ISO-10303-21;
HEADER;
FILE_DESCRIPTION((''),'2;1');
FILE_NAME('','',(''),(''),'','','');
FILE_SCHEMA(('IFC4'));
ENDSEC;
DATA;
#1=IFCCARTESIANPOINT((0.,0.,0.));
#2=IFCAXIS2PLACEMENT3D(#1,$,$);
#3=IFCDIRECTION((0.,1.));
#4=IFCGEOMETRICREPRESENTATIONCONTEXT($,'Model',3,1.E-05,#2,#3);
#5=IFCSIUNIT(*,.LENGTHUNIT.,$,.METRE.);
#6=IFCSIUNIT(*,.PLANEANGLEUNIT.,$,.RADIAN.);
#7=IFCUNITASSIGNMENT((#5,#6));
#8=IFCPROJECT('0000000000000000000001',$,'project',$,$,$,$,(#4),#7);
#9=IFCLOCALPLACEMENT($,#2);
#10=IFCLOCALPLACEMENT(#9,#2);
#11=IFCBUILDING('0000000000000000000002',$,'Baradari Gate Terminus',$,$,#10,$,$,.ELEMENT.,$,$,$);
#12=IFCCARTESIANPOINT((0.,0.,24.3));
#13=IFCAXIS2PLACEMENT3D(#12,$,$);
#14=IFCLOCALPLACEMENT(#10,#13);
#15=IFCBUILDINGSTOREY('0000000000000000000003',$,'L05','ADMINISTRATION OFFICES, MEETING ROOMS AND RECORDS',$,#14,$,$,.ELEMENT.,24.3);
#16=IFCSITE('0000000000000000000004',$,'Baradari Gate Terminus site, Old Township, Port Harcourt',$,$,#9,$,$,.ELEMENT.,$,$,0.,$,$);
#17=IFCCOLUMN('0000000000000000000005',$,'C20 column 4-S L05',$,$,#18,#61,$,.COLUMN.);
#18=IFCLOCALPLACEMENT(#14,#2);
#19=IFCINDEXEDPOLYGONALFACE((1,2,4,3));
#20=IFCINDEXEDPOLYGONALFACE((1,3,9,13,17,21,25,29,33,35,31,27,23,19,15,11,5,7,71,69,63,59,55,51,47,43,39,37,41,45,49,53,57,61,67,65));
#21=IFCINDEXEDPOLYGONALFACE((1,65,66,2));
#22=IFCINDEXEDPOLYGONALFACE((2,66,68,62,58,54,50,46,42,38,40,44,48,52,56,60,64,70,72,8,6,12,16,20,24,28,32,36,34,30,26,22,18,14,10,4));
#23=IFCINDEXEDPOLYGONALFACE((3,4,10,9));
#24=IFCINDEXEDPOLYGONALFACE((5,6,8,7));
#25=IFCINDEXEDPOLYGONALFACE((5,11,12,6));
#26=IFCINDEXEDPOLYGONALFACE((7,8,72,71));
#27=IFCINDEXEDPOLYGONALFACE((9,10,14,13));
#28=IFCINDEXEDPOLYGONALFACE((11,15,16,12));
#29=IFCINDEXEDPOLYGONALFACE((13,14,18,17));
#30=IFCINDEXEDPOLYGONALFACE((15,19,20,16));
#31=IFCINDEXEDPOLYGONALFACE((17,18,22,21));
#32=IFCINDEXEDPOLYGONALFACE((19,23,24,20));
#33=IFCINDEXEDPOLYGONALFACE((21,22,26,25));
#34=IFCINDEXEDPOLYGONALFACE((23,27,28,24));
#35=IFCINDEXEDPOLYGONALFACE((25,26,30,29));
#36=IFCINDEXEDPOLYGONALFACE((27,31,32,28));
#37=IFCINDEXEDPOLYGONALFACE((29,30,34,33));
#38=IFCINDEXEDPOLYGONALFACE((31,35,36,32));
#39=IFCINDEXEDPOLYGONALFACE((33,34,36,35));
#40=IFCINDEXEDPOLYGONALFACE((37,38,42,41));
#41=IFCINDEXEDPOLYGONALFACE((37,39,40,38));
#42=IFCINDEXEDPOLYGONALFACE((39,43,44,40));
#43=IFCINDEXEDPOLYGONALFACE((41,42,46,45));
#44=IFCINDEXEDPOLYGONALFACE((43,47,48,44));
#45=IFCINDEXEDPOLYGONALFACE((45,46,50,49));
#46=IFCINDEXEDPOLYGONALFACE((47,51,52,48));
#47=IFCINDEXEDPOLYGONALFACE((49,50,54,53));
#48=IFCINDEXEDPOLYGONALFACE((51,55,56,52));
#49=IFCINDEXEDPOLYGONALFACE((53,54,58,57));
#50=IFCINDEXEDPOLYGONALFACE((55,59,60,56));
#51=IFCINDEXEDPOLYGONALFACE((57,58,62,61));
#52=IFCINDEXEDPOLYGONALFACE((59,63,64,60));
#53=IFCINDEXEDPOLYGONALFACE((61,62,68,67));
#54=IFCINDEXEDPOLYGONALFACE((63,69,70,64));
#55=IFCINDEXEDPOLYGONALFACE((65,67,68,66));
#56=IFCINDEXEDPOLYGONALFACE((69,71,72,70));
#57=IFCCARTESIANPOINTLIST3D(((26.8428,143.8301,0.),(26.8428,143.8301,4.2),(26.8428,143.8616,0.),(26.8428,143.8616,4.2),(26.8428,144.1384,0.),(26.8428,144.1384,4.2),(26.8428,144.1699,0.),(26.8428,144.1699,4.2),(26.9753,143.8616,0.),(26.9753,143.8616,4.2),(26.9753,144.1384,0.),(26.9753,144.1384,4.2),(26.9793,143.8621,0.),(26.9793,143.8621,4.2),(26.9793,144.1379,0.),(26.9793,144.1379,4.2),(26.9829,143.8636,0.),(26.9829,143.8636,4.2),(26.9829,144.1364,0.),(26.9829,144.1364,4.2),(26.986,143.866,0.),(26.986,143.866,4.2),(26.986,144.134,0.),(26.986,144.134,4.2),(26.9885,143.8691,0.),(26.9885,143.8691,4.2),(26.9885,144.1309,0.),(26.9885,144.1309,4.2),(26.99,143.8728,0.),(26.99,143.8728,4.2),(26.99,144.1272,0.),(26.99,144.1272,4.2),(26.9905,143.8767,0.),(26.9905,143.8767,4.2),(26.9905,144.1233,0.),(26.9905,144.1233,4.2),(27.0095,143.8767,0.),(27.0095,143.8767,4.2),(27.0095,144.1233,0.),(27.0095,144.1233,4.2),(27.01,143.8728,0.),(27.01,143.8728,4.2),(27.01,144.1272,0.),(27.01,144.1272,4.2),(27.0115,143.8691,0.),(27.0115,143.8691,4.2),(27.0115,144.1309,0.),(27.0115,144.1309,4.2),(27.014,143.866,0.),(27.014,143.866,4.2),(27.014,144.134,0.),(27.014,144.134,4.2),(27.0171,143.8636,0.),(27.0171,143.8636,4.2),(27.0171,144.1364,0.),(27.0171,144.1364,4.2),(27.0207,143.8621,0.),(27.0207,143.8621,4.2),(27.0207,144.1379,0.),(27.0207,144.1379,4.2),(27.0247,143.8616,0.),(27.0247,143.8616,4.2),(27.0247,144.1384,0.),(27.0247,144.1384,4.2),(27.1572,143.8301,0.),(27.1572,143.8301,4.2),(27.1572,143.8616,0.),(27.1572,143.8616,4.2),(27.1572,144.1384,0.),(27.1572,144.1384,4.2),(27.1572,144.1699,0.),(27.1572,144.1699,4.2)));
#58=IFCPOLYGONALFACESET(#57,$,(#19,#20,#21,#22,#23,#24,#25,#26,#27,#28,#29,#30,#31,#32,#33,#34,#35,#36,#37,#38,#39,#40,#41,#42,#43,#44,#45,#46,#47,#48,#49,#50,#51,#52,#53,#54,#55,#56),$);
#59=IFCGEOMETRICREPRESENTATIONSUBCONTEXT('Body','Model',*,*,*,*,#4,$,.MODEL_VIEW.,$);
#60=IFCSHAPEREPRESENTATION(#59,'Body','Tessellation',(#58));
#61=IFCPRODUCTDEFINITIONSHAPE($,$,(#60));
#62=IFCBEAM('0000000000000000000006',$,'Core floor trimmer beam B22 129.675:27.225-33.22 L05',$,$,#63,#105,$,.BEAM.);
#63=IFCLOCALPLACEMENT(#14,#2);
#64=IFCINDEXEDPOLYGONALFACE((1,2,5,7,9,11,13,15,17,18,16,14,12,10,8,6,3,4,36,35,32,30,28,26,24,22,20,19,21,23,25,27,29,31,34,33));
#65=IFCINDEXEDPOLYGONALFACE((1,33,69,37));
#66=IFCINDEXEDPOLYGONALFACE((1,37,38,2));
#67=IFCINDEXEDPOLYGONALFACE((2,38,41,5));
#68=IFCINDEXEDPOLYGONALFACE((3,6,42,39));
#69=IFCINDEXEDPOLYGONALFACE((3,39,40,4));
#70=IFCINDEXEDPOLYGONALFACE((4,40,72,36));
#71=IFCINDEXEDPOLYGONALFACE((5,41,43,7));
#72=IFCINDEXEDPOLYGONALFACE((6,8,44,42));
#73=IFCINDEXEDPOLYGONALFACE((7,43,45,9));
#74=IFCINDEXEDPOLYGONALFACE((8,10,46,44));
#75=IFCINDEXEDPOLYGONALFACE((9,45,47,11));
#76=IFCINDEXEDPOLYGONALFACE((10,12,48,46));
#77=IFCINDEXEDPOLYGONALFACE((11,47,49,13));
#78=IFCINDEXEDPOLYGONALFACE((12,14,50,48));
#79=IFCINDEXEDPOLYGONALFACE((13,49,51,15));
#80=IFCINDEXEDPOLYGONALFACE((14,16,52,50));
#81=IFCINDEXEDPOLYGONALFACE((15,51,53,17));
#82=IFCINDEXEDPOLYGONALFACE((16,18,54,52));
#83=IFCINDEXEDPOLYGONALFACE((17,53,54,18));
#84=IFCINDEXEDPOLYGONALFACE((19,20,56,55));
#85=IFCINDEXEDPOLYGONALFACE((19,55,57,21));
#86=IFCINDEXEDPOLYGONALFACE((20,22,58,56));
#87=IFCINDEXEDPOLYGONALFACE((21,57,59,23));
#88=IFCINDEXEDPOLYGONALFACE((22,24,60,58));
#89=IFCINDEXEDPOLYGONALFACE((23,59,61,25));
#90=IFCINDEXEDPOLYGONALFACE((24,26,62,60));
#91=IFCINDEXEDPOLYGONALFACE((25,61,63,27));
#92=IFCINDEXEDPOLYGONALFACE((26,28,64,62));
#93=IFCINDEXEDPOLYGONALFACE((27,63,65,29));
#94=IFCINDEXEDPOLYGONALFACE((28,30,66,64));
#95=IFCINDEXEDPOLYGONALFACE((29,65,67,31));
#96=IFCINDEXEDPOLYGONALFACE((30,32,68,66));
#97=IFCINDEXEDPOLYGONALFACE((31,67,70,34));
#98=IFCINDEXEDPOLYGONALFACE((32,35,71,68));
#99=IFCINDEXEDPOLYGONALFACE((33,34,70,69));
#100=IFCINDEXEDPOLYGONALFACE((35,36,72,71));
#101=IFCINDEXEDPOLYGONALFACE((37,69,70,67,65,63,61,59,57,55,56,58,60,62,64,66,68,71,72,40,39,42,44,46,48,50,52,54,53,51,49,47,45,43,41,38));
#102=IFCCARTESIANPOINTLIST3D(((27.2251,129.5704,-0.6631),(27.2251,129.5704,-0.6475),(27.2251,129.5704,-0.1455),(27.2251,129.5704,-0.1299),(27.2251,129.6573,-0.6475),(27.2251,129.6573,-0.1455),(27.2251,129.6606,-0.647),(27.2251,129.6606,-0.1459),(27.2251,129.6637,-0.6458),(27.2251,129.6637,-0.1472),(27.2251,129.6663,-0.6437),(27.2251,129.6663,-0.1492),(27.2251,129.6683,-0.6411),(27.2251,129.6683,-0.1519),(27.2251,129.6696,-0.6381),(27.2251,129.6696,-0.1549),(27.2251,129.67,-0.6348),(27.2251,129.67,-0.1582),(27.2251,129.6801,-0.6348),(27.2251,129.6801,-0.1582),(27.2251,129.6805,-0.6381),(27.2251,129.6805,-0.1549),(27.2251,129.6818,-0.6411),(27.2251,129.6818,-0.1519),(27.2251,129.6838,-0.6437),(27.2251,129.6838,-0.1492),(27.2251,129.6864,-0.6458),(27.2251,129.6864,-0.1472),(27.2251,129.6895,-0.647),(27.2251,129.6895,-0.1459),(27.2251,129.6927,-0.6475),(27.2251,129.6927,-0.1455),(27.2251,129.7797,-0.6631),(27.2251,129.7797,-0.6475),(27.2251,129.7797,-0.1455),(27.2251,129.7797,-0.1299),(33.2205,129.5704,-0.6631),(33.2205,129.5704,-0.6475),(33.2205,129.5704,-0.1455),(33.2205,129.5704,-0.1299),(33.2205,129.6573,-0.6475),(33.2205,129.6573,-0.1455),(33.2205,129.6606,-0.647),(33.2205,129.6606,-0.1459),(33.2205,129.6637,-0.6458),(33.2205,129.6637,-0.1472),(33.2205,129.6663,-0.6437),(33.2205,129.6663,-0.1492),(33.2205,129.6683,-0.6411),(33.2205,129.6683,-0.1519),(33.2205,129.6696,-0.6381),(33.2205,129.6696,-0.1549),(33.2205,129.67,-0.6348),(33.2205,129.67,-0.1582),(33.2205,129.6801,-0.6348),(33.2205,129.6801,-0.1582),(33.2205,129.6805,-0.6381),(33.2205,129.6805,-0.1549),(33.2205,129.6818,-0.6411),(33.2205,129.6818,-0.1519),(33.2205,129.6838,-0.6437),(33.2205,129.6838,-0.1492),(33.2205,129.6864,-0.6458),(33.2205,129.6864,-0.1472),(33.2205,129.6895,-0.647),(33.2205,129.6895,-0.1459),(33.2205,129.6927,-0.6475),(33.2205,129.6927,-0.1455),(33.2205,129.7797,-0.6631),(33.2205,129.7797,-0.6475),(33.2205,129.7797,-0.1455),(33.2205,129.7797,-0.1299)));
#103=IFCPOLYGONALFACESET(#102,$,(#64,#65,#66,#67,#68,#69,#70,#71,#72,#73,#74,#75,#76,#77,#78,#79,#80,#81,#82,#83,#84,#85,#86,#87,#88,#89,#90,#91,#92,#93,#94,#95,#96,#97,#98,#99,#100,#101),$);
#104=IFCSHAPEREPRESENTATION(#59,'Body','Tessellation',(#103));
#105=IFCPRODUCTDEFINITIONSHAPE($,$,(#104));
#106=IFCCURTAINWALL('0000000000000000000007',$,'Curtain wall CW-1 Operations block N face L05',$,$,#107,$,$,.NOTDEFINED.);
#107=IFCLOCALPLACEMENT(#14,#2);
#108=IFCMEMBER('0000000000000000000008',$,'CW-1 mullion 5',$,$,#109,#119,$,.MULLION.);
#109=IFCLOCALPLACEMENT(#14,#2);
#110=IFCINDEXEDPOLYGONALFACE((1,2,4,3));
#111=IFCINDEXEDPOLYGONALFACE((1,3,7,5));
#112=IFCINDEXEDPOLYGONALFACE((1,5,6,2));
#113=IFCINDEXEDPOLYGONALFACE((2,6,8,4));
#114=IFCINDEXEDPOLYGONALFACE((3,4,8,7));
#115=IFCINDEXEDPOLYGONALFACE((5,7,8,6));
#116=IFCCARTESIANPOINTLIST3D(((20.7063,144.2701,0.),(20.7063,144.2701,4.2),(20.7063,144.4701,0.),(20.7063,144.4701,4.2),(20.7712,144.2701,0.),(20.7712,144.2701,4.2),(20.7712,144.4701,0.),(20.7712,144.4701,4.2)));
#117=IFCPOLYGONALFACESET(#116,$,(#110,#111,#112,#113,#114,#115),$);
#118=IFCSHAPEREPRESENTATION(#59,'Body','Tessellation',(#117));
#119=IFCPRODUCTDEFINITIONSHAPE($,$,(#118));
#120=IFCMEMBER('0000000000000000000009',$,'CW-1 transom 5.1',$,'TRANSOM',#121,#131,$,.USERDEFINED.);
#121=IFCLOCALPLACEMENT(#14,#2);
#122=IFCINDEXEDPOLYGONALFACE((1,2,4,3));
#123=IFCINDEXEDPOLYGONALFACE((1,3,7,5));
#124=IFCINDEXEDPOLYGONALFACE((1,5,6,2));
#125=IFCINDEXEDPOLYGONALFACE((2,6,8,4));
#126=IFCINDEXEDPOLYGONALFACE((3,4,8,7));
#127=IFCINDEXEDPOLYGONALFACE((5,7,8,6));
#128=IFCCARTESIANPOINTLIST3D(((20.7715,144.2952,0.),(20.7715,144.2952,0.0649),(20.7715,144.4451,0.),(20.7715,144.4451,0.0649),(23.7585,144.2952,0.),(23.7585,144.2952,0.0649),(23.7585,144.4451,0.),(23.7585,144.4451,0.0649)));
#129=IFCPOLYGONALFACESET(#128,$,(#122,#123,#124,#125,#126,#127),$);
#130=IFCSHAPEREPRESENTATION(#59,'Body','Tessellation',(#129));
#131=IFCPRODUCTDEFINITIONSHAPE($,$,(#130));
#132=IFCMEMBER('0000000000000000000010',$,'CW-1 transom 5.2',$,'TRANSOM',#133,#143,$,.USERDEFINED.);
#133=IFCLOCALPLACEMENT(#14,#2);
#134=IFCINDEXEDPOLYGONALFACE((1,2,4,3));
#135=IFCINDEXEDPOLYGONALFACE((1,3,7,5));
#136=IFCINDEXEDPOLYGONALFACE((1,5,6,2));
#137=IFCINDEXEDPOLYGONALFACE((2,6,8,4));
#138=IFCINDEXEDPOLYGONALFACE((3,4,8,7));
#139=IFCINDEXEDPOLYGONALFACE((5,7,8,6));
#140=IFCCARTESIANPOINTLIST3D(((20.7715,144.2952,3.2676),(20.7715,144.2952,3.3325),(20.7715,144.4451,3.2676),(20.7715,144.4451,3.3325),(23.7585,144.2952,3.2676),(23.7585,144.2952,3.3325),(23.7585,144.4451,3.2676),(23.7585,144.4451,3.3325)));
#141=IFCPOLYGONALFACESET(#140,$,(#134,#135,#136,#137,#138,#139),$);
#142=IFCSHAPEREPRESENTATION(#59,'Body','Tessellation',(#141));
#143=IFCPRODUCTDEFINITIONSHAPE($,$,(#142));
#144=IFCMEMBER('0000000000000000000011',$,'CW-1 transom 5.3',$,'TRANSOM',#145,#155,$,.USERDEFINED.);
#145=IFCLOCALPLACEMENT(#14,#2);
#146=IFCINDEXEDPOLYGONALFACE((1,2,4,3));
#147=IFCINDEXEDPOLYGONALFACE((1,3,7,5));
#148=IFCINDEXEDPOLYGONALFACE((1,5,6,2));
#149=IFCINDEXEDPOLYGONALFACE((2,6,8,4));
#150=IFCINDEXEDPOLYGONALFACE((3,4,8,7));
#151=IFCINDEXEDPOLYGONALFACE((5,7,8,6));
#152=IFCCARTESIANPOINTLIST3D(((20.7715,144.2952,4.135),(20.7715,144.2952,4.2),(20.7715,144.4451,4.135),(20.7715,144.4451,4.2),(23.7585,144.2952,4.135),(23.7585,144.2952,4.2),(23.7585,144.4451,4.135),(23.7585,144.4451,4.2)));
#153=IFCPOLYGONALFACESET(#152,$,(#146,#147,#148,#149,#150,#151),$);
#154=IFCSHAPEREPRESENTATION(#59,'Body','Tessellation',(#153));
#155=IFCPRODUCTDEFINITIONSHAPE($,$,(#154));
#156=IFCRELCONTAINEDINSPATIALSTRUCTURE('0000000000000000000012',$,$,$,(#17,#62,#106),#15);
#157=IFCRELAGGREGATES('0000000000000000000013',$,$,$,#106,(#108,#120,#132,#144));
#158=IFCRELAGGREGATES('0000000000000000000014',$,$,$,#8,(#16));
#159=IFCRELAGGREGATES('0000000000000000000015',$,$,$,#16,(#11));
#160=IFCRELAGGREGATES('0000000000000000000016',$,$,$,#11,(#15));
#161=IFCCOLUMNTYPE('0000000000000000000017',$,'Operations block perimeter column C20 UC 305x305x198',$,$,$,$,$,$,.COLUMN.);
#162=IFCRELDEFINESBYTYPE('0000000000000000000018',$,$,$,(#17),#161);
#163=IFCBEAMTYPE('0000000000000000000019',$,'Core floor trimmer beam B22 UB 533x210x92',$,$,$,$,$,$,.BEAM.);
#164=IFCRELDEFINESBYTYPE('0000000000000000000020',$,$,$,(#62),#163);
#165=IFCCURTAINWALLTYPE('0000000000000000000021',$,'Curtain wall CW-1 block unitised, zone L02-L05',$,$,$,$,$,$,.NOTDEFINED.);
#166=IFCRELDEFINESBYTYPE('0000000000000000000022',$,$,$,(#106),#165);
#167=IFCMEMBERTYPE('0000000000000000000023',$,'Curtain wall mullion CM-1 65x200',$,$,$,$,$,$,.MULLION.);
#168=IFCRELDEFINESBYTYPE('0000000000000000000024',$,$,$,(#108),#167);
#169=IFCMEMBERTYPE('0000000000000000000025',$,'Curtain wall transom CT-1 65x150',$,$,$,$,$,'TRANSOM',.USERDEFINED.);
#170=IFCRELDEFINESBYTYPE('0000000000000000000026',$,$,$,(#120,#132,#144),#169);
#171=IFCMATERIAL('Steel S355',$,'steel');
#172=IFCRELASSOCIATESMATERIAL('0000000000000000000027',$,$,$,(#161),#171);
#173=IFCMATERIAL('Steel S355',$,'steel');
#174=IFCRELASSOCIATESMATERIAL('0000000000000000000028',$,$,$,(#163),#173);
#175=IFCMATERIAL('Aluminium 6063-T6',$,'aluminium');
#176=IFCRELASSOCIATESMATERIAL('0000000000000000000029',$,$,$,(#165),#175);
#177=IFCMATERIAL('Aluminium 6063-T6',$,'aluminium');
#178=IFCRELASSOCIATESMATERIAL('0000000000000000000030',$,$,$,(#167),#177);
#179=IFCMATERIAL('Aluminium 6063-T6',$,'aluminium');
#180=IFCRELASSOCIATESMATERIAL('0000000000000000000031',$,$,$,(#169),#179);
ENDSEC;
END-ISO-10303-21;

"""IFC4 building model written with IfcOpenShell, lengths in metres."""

from ifc_helpers import new_model, si_unit, direction, frame, origin, origin_2d, place, context, subcontext, project, spatial, rectangle, i_section, extrude, material, material_profile, profile_set, type_object, element, aggregate, save


model = new_model("IFC4")

# Units and contexts
model_context = context("Model", 3, precision=1e-05, world=origin(), true_north=direction((0.0, 1.0)))
body_context = subcontext(model_context, "Body", "Model", "MODEL_VIEW")
ifc_project = project(units=[si_unit("LENGTHUNIT", "METRE"), si_unit("PLANEANGLEUNIT", "RADIAN")], contexts=[model_context])

# Site, building, storey
site_placement = place(None, origin())
site = spatial("IfcSite", under=ifc_project, at=site_placement, Name="Baradari Gate Terminus site, Old Township, Port Harcourt", CompositionType="ELEMENT", RefElevation=0.0)
building_placement = place(site_placement, origin())
building = spatial("IfcBuilding", under=site, at=building_placement, Name="Baradari Gate Terminus", CompositionType="ELEMENT")
storey_placement = place(building_placement, frame((0.0, 0.0, 24.3)))
storey = spatial("IfcBuildingStorey", under=building, at=storey_placement, Name="L05", Description="ADMINISTRATION OFFICES, MEETING ROOMS AND RECORDS", CompositionType="ELEMENT", Elevation=24.3)

# Column
ifc_material_1 = material(Name="Steel S355", Category="steel")
ifc_material_profile_1 = material_profile(ifc_material_1, i_section(OverallWidth=0.3145, OverallDepth=0.3398, WebThickness=0.019, FlangeThickness=0.0315, FilletRadius=0.0151, at=origin_2d()), Name="UC 305x305x198")
ifc_profile_set_1 = profile_set([ifc_material_profile_1], Name="Steel S355")
column_type = type_object("IfcColumnType", Name="Operations block perimeter column C20 UC 305x305x198", PredefinedType="COLUMN", material=ifc_profile_set_1)
column_placement = place(storey_placement, frame((27.0, 144.0, 0.0), z_axis=(0.0, 0.0, 1.0), x_axis=(1.0, 0.0, 0.0)))
element("IfcColumn", 1, at=column_placement, inside=storey, type_object=column_type, Name="C20 column 4-S L05", PredefinedType="COLUMN", context=body_context, shape_type="SweptSolid", body=[
    extrude(i_section(OverallWidth=0.3145, OverallDepth=0.3398, WebThickness=0.019, FlangeThickness=0.0315, FilletRadius=0.0151, at=origin_2d()), origin(), (0.0, 0.0, 1.0), 4.2),
])

# Beam
ifc_material_2 = material(Name="Steel S355", Category="steel")
ifc_material_profile_2 = material_profile(ifc_material_2, i_section(OverallWidth=0.2092, OverallDepth=0.5332, WebThickness=0.01, FlangeThickness=0.0156, FilletRadius=0.0127, at=origin_2d()), Name="UB 533x210x92")
ifc_profile_set_2 = profile_set([ifc_material_profile_2], Name="Steel S355")
beam_type_1 = type_object("IfcBeamType", Name="Core floor trimmer beam B22 UB 533x210x92", PredefinedType="BEAM", material=ifc_profile_set_2)
beam_1_placement = place(storey_placement, frame((27.2251, 129.675, -0.3965), z_axis=(1.0, 0.0, 0.0), x_axis=(0.0, 1.0, 0.0)))
element("IfcBeam", 2, at=beam_1_placement, inside=storey, type_object=beam_type_1, Name="Core floor trimmer beam B22 129.675:27.225-33.22 L05", PredefinedType="BEAM", context=body_context, shape_type="SweptSolid", body=[
    extrude(i_section(OverallWidth=0.2092, OverallDepth=0.5332, WebThickness=0.01, FlangeThickness=0.0156, FilletRadius=0.0127, at=origin_2d()), origin(), (0.0, 0.0, 1.0), 5.9954),
])

# Curtain wall, members
ifc_material_3 = material(Name="Aluminium 6063-T6", Category="aluminium")
curtain_wall_type = type_object("IfcCurtainWallType", Name="Curtain wall CW-1 block unitised, zone L02-L05", PredefinedType="NOTDEFINED", material=ifc_material_3)
curtain_wall_placement = place(storey_placement, origin())
curtain_wall = element("IfcCurtainWall", 3, at=curtain_wall_placement, inside=storey, type_object=curtain_wall_type, Name="Curtain wall CW-1 Operations block N face L05", PredefinedType="NOTDEFINED")
ifc_material_4 = material(Name="Aluminium 6063-T6", Category="aluminium")
ifc_material_profile_3 = material_profile(ifc_material_4, rectangle(XDim=0.2, YDim=0.0649, at=origin_2d()), Name="CM-1 65X200")
ifc_profile_set_3 = profile_set([ifc_material_profile_3], Name="Aluminium 6063-T6")
member_type_1 = type_object("IfcMemberType", Name="Curtain wall mullion CM-1 65x200", PredefinedType="MULLION", material=ifc_profile_set_3)
member_1_placement = place(storey_placement, frame((20.7388, 144.3701, 0.0), z_axis=(0.0, 0.0, 1.0), x_axis=(0.0, 1.0, 0.0)))
member_1 = element("IfcMember", 4, at=member_1_placement, type_object=member_type_1, Name="CW-1 mullion 5", PredefinedType="MULLION", context=body_context, shape_type="SweptSolid", body=[
    extrude(rectangle(XDim=0.2, YDim=0.0649, at=origin_2d()), origin(), (0.0, 0.0, 1.0), 4.2),
])
ifc_material_5 = material(Name="Aluminium 6063-T6", Category="aluminium")
ifc_material_profile_4 = material_profile(ifc_material_5, rectangle(XDim=0.1499, YDim=0.0649, at=origin_2d()), Name="CT-1 65X150")
ifc_profile_set_4 = profile_set([ifc_material_profile_4], Name="Aluminium 6063-T6")
member_type_2 = type_object("IfcMemberType", Name="Curtain wall transom CT-1 65x150", ElementType="TRANSOM", PredefinedType="USERDEFINED", material=ifc_profile_set_4)
member_2_placement = place(storey_placement, frame((20.7715, 144.3701, 0.0325), z_axis=(1.0, 0.0, 0.0), x_axis=(0.0, 1.0, 0.0)))
member_2 = element("IfcMember", 5, at=member_2_placement, type_object=member_type_2, Name="CW-1 transom 5.1", ObjectType="TRANSOM", PredefinedType="USERDEFINED", context=body_context, shape_type="SweptSolid", body=[
    extrude(rectangle(XDim=0.1499, YDim=0.0649, at=origin_2d()), origin(), (0.0, 0.0, 1.0), 2.9871),
])
member_3_placement = place(storey_placement, frame((20.7715, 144.3701, 3.3), z_axis=(1.0, 0.0, 0.0), x_axis=(0.0, 1.0, 0.0)))
member_3 = element("IfcMember", 6, at=member_3_placement, type_object=member_type_2, Name="CW-1 transom 5.2", ObjectType="TRANSOM", PredefinedType="USERDEFINED", context=body_context, shape_type="SweptSolid", body=[
    extrude(rectangle(XDim=0.1499, YDim=0.0649, at=origin_2d()), origin(), (0.0, 0.0, 1.0), 2.9871),
])
member_4_placement = place(storey_placement, frame((20.7715, 144.3701, 4.1675), z_axis=(1.0, 0.0, 0.0), x_axis=(0.0, 1.0, 0.0)))
member_4 = element("IfcMember", 7, at=member_4_placement, type_object=member_type_2, Name="CW-1 transom 5.3", ObjectType="TRANSOM", PredefinedType="USERDEFINED", context=body_context, shape_type="SweptSolid", body=[
    extrude(rectangle(XDim=0.1499, YDim=0.0649, at=origin_2d()), origin(), (0.0, 0.0, 1.0), 2.9871),
])

aggregate(curtain_wall, [member_1, member_2, member_3, member_4])

save(model, "model.ifc")
